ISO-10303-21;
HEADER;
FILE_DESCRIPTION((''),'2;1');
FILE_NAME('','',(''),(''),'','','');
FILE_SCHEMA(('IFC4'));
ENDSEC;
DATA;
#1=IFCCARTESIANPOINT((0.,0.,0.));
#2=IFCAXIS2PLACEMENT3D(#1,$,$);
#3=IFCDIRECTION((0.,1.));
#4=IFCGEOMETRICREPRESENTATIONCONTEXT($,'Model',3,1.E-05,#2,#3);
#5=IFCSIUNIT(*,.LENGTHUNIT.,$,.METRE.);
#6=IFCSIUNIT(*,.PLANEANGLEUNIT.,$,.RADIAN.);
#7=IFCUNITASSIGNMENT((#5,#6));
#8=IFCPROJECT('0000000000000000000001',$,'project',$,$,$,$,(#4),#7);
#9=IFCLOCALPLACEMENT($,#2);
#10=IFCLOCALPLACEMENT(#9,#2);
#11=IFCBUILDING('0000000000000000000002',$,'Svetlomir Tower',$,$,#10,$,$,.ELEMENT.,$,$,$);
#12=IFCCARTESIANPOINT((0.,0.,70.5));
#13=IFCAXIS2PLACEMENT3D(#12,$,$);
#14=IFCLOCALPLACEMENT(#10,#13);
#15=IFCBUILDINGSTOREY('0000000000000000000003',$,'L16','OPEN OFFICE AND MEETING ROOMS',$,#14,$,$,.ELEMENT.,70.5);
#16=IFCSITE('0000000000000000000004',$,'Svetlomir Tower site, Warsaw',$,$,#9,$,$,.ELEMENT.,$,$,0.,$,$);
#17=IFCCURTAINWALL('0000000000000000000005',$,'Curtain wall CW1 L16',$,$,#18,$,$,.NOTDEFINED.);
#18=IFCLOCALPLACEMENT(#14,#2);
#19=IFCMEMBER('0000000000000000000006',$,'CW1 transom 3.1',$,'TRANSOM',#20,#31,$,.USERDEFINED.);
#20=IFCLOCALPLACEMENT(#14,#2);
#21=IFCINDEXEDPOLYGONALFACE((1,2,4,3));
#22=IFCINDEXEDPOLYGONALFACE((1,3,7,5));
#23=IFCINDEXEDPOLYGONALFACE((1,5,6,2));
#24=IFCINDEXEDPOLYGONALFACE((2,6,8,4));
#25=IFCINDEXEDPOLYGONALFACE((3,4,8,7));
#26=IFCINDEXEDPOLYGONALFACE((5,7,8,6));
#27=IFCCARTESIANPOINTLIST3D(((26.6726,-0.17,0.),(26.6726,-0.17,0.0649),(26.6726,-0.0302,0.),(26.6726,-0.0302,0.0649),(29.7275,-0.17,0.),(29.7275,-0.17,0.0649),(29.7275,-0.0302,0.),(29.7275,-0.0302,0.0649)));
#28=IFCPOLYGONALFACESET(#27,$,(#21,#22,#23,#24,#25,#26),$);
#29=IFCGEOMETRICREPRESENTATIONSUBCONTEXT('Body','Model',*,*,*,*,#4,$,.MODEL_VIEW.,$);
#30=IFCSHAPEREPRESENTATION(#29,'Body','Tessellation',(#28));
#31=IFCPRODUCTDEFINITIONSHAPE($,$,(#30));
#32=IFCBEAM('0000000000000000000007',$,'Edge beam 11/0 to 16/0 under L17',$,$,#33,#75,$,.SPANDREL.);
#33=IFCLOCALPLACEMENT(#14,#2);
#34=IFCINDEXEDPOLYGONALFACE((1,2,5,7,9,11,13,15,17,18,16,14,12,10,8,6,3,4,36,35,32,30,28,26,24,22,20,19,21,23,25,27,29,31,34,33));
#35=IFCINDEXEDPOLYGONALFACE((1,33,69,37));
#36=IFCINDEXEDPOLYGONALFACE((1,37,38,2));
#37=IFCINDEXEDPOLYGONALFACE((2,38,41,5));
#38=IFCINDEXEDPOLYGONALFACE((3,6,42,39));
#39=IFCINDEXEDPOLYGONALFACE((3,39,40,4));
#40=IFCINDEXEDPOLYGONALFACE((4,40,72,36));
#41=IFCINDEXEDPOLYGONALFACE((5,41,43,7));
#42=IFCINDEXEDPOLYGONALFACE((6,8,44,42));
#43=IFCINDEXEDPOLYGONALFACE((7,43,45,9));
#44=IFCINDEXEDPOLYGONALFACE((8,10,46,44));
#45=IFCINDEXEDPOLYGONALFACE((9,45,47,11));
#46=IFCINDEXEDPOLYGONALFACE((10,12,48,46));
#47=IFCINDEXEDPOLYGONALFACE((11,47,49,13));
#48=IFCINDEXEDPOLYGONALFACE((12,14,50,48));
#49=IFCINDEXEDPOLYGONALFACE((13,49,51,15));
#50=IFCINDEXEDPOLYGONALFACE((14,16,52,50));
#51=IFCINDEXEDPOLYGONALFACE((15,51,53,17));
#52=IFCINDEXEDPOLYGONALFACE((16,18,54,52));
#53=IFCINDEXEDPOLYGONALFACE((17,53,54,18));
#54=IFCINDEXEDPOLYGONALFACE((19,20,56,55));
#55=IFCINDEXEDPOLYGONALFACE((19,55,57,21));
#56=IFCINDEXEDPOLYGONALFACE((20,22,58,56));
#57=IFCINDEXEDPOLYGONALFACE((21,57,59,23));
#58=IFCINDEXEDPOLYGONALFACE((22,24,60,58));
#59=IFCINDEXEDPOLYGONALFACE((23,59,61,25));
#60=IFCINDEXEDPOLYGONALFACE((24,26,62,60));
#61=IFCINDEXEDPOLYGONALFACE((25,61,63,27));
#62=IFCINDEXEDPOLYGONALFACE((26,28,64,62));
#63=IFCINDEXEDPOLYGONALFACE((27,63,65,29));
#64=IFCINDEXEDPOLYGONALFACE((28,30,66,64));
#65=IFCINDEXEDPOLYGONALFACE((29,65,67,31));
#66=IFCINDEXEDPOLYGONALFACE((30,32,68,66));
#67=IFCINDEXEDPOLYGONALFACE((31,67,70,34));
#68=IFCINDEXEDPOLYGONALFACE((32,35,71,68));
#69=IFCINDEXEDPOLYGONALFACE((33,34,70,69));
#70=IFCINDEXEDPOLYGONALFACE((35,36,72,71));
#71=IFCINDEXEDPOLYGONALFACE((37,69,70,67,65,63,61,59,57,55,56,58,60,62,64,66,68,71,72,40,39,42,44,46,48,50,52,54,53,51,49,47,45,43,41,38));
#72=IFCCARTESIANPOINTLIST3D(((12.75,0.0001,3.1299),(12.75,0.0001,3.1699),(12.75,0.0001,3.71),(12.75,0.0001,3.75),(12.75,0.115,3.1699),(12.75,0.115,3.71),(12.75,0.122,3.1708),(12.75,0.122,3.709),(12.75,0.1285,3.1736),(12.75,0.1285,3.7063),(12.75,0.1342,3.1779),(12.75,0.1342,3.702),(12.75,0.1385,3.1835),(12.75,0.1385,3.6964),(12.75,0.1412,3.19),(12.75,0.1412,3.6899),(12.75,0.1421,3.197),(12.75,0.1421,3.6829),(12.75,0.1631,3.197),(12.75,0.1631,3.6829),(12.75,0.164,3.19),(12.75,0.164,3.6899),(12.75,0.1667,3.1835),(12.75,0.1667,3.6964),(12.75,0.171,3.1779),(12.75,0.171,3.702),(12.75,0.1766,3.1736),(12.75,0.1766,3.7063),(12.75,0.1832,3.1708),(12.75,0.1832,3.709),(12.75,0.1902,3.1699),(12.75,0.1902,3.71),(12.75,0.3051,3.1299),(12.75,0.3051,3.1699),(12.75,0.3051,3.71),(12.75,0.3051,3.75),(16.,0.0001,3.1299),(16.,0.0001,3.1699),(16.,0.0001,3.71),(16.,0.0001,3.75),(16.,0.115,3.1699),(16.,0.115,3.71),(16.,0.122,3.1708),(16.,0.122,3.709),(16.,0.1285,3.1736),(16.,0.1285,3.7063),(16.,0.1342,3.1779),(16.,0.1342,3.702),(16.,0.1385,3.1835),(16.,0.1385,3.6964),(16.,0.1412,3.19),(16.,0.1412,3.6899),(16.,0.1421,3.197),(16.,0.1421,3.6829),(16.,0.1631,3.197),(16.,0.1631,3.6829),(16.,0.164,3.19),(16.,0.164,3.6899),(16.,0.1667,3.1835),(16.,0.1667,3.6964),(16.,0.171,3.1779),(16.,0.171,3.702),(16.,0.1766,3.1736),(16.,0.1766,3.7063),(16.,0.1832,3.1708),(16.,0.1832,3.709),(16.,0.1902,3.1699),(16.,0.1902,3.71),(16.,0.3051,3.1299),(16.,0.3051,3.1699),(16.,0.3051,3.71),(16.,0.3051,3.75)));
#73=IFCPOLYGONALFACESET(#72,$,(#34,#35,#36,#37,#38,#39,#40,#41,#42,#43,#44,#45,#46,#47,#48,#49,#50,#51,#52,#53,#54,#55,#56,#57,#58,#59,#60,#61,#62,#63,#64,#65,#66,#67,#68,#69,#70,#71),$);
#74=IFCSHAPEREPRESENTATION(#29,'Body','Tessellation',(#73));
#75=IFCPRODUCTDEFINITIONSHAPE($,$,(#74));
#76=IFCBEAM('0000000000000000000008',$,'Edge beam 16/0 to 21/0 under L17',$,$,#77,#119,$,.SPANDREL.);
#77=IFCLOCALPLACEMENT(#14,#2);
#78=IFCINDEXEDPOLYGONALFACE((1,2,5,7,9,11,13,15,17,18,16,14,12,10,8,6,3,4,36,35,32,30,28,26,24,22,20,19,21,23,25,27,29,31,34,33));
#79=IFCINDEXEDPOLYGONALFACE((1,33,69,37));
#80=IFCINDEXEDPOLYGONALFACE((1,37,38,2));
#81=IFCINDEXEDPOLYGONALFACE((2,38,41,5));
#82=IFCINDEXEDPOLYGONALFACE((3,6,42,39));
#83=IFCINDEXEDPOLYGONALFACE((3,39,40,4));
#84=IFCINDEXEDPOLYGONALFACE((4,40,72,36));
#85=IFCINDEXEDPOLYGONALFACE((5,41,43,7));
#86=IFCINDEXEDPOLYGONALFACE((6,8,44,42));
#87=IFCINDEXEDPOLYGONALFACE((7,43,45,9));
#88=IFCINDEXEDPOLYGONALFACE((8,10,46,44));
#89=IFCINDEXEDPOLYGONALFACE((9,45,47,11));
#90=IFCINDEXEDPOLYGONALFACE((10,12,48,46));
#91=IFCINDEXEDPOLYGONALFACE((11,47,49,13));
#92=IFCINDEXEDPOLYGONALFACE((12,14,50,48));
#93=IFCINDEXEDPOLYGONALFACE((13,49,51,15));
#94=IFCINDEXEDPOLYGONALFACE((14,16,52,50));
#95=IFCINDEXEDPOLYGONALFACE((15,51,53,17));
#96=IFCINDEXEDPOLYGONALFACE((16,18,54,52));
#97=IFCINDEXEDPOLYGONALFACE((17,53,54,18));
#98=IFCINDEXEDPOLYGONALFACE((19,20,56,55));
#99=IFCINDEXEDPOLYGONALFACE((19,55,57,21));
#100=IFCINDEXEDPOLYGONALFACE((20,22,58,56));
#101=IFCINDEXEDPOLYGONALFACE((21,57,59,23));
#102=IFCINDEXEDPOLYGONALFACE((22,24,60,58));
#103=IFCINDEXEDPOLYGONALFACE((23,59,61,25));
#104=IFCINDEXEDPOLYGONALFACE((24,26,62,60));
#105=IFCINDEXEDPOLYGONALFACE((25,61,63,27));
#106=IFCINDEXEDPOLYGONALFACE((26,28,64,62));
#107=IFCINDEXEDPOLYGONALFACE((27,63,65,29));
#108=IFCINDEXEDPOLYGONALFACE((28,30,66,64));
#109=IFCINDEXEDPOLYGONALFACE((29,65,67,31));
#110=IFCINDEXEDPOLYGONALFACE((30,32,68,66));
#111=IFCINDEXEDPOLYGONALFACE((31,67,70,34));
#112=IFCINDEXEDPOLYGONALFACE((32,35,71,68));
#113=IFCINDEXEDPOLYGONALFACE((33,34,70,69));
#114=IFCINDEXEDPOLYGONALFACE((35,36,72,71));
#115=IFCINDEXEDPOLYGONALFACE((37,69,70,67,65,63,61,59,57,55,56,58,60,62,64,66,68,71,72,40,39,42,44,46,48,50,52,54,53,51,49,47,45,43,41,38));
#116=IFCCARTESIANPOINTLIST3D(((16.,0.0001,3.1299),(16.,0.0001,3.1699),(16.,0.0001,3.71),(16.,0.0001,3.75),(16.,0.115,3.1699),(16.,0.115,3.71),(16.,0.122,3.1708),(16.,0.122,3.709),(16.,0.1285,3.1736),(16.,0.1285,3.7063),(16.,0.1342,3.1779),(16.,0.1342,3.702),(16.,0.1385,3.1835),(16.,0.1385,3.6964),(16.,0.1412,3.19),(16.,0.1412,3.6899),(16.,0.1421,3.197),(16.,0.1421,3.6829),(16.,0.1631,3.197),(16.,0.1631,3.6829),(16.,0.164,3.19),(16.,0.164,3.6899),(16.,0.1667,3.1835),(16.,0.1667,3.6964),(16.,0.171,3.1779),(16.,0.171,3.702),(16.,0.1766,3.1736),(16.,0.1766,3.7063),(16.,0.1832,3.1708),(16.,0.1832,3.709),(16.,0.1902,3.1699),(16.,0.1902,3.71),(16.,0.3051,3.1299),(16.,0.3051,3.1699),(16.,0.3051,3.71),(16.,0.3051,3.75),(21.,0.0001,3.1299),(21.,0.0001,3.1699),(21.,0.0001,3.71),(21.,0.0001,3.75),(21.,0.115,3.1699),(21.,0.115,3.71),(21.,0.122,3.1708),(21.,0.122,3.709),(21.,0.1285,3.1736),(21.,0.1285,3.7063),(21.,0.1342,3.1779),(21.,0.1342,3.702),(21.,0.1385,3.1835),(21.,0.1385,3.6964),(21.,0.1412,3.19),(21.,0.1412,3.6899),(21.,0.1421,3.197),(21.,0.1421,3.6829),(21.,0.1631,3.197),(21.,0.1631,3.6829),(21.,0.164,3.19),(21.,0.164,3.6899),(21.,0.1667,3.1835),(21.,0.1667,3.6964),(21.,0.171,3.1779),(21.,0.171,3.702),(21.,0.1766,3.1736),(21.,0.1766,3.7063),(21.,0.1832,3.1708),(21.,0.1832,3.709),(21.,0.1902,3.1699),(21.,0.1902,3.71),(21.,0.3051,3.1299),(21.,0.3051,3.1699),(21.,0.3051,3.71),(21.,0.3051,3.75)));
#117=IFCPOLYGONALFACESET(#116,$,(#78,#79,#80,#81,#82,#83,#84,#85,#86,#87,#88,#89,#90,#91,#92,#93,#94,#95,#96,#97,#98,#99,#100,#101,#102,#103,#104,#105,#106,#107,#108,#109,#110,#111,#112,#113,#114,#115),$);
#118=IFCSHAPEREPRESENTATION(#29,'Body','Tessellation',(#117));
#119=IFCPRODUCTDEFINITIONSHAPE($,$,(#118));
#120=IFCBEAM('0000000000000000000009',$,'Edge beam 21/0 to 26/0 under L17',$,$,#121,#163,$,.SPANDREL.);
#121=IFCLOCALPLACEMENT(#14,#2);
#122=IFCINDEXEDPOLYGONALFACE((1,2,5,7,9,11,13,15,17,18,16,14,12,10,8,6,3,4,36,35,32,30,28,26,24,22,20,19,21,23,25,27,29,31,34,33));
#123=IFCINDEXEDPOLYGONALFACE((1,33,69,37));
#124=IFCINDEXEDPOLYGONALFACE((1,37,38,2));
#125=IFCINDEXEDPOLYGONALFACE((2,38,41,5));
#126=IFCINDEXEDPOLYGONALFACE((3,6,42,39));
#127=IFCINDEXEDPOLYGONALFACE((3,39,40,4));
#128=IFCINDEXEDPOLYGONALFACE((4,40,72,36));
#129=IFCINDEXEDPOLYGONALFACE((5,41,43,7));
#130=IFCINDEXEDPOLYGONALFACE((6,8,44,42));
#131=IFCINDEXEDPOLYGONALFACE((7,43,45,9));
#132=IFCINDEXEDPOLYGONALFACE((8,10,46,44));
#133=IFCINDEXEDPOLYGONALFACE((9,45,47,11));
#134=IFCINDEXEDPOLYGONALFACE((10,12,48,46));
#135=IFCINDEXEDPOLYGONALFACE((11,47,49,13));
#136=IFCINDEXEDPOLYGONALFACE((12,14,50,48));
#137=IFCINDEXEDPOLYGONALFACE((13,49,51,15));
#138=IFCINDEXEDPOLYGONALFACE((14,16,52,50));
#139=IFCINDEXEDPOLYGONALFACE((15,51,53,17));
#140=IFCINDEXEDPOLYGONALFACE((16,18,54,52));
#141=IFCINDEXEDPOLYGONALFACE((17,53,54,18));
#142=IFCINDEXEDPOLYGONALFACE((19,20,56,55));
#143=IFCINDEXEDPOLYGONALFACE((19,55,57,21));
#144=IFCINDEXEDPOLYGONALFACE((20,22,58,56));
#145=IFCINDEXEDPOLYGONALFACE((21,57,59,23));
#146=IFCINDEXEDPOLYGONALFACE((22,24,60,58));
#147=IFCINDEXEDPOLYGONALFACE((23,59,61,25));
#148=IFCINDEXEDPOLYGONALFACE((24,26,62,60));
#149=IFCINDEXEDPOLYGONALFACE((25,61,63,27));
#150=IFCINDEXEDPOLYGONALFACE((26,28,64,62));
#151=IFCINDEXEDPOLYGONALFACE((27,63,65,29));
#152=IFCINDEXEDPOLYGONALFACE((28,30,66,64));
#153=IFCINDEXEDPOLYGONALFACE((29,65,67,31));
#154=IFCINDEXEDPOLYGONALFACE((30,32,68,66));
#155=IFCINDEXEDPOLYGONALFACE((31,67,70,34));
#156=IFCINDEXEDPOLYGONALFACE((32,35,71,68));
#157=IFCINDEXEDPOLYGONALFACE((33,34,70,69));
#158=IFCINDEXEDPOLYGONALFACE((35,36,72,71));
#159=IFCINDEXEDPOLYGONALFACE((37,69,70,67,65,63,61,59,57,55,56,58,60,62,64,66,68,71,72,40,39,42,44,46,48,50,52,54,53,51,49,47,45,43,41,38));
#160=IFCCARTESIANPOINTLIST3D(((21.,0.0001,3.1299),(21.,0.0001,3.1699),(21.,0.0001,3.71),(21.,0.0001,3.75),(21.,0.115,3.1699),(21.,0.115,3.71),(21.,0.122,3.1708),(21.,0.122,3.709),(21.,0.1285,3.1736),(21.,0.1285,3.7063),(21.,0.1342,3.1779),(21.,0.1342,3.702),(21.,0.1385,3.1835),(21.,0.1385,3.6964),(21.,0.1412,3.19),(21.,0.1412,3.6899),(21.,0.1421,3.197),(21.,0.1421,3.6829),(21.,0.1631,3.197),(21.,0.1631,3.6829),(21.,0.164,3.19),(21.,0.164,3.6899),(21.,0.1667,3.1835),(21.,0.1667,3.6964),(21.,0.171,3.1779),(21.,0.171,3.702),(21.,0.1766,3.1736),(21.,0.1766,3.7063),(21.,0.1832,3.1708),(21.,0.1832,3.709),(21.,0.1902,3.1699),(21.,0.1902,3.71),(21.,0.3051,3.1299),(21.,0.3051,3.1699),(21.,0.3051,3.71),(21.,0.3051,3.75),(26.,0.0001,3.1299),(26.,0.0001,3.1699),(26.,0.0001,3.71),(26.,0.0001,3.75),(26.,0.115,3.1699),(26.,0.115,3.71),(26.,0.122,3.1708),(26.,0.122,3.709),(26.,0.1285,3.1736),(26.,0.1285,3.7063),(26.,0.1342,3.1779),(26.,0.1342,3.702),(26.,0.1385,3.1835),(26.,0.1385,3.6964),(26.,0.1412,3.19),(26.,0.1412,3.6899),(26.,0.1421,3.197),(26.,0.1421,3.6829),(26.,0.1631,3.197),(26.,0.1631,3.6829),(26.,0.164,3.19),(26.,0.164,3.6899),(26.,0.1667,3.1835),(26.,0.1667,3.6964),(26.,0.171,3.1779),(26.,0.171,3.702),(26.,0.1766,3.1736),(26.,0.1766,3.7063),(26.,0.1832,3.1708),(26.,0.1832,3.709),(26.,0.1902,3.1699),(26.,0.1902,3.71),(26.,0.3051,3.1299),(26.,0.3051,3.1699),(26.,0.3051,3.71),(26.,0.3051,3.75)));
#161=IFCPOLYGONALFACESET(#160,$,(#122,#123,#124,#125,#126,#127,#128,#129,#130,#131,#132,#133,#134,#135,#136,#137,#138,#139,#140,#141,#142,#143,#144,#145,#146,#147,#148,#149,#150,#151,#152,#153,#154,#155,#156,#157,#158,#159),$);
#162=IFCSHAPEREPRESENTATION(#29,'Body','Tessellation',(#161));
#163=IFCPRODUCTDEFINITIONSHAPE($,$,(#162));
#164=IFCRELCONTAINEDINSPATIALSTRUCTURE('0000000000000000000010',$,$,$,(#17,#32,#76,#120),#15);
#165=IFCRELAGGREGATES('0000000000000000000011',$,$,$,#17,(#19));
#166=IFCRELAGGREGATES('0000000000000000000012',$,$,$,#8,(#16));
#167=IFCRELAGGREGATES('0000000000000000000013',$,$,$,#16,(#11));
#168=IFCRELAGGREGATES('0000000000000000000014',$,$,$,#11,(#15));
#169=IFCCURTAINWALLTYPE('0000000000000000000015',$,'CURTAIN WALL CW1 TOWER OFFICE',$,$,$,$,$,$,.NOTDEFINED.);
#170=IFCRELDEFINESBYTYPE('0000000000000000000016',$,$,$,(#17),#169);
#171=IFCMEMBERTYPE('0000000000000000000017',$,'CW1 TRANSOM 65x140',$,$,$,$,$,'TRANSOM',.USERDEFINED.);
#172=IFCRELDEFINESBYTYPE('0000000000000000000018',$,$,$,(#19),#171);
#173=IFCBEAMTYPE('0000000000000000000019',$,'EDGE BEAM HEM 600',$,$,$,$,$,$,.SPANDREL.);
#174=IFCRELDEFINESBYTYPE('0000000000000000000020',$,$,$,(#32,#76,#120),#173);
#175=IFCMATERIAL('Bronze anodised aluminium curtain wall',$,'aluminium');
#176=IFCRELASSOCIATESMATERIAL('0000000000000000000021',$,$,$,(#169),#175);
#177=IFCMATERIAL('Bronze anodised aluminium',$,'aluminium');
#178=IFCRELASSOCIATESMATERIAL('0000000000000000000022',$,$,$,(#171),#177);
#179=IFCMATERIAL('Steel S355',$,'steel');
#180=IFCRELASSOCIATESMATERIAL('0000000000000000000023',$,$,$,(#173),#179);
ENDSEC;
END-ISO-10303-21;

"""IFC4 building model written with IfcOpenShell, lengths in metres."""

from ifc_helpers import new_model, si_unit, direction, frame, origin, origin_2d, place, context, subcontext, project, spatial, rectangle, i_section, extrude, material, material_profile, profile_set, type_object, element, aggregate, save


model = new_model("IFC4")

# Units and contexts
model_context = context("Model", 3, precision=1e-05, world=origin(), true_north=direction((0.0, 1.0)))
body_context = subcontext(model_context, "Body", "Model", "MODEL_VIEW")
ifc_project = project(units=[si_unit("LENGTHUNIT", "METRE"), si_unit("PLANEANGLEUNIT", "RADIAN")], contexts=[model_context])

# Site, building, storey
site_placement = place(None, origin())
site = spatial("IfcSite", under=ifc_project, at=site_placement, Name="Svetlomir Tower site, Warsaw", CompositionType="ELEMENT", RefElevation=0.0)
building_placement = place(site_placement, origin())
building = spatial("IfcBuilding", under=site, at=building_placement, Name="Svetlomir Tower", CompositionType="ELEMENT")
storey_placement = place(building_placement, frame((0.0, 0.0, 70.5)))
storey = spatial("IfcBuildingStorey", under=building, at=storey_placement, Name="L16", Description="OPEN OFFICE AND MEETING ROOMS", CompositionType="ELEMENT", Elevation=70.5)

# Curtain wall
ifc_material_1 = material(Name="Bronze anodised aluminium curtain wall", Category="aluminium")
curtain_wall_type = type_object("IfcCurtainWallType", Name="CURTAIN WALL CW1 TOWER OFFICE", PredefinedType="NOTDEFINED", material=ifc_material_1)
curtain_wall_1_placement = place(storey_placement, origin())
curtain_wall_1 = element("IfcCurtainWall", 1, at=curtain_wall_1_placement, inside=storey, type_object=curtain_wall_type, Name="Curtain wall CW1 L16", PredefinedType="NOTDEFINED")

# Member
ifc_material_2 = material(Name="Bronze anodised aluminium", Category="aluminium")
ifc_material_profile_1 = material_profile(ifc_material_2, rectangle(XDim=0.1399, YDim=0.0649, at=origin_2d()), Name="AL 140x65")
ifc_profile_set_1 = profile_set([ifc_material_profile_1], Name="Bronze anodised aluminium 6063-T6")
member_type_1 = type_object("IfcMemberType", Name="CW1 TRANSOM 65x140", ElementType="TRANSOM", PredefinedType="USERDEFINED", material=ifc_profile_set_1)
member_1_placement = place(storey_placement, frame((26.6726, -0.1001, 0.0325), z_axis=(1.0, 0.0, 0.0), x_axis=(0.0, 1.0, 0.0)))
member_1 = element("IfcMember", 2, at=member_1_placement, type_object=member_type_1, Name="CW1 transom 3.1", ObjectType="TRANSOM", PredefinedType="USERDEFINED", context=body_context, shape_type="SweptSolid", body=[
    extrude(rectangle(XDim=0.1399, YDim=0.0649, at=origin_2d()), origin(), (0.0, 0.0, 1.0), 3.0549),
])

# Beams
ifc_material_3 = material(Name="Steel S355", Category="steel")
ifc_material_profile_2 = material_profile(ifc_material_3, i_section(OverallWidth=0.3049, OverallDepth=0.6201, WebThickness=0.021, FlangeThickness=0.04, FilletRadius=0.0271, at=origin_2d()), Name="HEM 600")
ifc_profile_set_2 = profile_set([ifc_material_profile_2], Name="Steel S355")
beam_type_1 = type_object("IfcBeamType", Name="EDGE BEAM HEM 600", PredefinedType="SPANDREL", material=ifc_profile_set_2)
beam_1_placement = place(storey_placement, frame((12.75, 0.1526, 3.4399), z_axis=(1.0, 0.0, 0.0), x_axis=(0.0, 1.0, 0.0)))
element("IfcBeam", 3, at=beam_1_placement, inside=storey, type_object=beam_type_1, Name="Edge beam 11/0 to 16/0 under L17", PredefinedType="SPANDREL", context=body_context, shape_type="SweptSolid", body=[
    extrude(i_section(OverallWidth=0.3049, OverallDepth=0.6201, WebThickness=0.021, FlangeThickness=0.04, FilletRadius=0.0271, at=origin_2d()), origin(), (0.0, 0.0, 1.0), 3.25),
])
for number, where, z_axis, x_axis, name in (
    (4, (16.0, 0.1526, 3.4399), (1.0, 0.0, 0.0), (0.0, 1.0, 0.0), "Edge beam 16/0 to 21/0 under L17"),
    (5, (21.0, 0.1526, 3.4399), (1.0, 0.0, 0.0), (0.0, 1.0, 0.0), "Edge beam 21/0 to 26/0 under L17"),
):
    element("IfcBeam", number, at=place(storey_placement, frame(where, z_axis=z_axis, x_axis=x_axis)), inside=storey, type_object=beam_type_1, Name=name, PredefinedType="SPANDREL", context=body_context, shape_type="SweptSolid", body=[
        extrude(i_section(OverallWidth=0.3049, OverallDepth=0.6201, WebThickness=0.021, FlangeThickness=0.04, FilletRadius=0.0271, at=origin_2d()), origin(), (0.0, 0.0, 1.0), 5.0),
    ])

aggregate(curtain_wall_1, [member_1])

save(model, "model.ifc")
